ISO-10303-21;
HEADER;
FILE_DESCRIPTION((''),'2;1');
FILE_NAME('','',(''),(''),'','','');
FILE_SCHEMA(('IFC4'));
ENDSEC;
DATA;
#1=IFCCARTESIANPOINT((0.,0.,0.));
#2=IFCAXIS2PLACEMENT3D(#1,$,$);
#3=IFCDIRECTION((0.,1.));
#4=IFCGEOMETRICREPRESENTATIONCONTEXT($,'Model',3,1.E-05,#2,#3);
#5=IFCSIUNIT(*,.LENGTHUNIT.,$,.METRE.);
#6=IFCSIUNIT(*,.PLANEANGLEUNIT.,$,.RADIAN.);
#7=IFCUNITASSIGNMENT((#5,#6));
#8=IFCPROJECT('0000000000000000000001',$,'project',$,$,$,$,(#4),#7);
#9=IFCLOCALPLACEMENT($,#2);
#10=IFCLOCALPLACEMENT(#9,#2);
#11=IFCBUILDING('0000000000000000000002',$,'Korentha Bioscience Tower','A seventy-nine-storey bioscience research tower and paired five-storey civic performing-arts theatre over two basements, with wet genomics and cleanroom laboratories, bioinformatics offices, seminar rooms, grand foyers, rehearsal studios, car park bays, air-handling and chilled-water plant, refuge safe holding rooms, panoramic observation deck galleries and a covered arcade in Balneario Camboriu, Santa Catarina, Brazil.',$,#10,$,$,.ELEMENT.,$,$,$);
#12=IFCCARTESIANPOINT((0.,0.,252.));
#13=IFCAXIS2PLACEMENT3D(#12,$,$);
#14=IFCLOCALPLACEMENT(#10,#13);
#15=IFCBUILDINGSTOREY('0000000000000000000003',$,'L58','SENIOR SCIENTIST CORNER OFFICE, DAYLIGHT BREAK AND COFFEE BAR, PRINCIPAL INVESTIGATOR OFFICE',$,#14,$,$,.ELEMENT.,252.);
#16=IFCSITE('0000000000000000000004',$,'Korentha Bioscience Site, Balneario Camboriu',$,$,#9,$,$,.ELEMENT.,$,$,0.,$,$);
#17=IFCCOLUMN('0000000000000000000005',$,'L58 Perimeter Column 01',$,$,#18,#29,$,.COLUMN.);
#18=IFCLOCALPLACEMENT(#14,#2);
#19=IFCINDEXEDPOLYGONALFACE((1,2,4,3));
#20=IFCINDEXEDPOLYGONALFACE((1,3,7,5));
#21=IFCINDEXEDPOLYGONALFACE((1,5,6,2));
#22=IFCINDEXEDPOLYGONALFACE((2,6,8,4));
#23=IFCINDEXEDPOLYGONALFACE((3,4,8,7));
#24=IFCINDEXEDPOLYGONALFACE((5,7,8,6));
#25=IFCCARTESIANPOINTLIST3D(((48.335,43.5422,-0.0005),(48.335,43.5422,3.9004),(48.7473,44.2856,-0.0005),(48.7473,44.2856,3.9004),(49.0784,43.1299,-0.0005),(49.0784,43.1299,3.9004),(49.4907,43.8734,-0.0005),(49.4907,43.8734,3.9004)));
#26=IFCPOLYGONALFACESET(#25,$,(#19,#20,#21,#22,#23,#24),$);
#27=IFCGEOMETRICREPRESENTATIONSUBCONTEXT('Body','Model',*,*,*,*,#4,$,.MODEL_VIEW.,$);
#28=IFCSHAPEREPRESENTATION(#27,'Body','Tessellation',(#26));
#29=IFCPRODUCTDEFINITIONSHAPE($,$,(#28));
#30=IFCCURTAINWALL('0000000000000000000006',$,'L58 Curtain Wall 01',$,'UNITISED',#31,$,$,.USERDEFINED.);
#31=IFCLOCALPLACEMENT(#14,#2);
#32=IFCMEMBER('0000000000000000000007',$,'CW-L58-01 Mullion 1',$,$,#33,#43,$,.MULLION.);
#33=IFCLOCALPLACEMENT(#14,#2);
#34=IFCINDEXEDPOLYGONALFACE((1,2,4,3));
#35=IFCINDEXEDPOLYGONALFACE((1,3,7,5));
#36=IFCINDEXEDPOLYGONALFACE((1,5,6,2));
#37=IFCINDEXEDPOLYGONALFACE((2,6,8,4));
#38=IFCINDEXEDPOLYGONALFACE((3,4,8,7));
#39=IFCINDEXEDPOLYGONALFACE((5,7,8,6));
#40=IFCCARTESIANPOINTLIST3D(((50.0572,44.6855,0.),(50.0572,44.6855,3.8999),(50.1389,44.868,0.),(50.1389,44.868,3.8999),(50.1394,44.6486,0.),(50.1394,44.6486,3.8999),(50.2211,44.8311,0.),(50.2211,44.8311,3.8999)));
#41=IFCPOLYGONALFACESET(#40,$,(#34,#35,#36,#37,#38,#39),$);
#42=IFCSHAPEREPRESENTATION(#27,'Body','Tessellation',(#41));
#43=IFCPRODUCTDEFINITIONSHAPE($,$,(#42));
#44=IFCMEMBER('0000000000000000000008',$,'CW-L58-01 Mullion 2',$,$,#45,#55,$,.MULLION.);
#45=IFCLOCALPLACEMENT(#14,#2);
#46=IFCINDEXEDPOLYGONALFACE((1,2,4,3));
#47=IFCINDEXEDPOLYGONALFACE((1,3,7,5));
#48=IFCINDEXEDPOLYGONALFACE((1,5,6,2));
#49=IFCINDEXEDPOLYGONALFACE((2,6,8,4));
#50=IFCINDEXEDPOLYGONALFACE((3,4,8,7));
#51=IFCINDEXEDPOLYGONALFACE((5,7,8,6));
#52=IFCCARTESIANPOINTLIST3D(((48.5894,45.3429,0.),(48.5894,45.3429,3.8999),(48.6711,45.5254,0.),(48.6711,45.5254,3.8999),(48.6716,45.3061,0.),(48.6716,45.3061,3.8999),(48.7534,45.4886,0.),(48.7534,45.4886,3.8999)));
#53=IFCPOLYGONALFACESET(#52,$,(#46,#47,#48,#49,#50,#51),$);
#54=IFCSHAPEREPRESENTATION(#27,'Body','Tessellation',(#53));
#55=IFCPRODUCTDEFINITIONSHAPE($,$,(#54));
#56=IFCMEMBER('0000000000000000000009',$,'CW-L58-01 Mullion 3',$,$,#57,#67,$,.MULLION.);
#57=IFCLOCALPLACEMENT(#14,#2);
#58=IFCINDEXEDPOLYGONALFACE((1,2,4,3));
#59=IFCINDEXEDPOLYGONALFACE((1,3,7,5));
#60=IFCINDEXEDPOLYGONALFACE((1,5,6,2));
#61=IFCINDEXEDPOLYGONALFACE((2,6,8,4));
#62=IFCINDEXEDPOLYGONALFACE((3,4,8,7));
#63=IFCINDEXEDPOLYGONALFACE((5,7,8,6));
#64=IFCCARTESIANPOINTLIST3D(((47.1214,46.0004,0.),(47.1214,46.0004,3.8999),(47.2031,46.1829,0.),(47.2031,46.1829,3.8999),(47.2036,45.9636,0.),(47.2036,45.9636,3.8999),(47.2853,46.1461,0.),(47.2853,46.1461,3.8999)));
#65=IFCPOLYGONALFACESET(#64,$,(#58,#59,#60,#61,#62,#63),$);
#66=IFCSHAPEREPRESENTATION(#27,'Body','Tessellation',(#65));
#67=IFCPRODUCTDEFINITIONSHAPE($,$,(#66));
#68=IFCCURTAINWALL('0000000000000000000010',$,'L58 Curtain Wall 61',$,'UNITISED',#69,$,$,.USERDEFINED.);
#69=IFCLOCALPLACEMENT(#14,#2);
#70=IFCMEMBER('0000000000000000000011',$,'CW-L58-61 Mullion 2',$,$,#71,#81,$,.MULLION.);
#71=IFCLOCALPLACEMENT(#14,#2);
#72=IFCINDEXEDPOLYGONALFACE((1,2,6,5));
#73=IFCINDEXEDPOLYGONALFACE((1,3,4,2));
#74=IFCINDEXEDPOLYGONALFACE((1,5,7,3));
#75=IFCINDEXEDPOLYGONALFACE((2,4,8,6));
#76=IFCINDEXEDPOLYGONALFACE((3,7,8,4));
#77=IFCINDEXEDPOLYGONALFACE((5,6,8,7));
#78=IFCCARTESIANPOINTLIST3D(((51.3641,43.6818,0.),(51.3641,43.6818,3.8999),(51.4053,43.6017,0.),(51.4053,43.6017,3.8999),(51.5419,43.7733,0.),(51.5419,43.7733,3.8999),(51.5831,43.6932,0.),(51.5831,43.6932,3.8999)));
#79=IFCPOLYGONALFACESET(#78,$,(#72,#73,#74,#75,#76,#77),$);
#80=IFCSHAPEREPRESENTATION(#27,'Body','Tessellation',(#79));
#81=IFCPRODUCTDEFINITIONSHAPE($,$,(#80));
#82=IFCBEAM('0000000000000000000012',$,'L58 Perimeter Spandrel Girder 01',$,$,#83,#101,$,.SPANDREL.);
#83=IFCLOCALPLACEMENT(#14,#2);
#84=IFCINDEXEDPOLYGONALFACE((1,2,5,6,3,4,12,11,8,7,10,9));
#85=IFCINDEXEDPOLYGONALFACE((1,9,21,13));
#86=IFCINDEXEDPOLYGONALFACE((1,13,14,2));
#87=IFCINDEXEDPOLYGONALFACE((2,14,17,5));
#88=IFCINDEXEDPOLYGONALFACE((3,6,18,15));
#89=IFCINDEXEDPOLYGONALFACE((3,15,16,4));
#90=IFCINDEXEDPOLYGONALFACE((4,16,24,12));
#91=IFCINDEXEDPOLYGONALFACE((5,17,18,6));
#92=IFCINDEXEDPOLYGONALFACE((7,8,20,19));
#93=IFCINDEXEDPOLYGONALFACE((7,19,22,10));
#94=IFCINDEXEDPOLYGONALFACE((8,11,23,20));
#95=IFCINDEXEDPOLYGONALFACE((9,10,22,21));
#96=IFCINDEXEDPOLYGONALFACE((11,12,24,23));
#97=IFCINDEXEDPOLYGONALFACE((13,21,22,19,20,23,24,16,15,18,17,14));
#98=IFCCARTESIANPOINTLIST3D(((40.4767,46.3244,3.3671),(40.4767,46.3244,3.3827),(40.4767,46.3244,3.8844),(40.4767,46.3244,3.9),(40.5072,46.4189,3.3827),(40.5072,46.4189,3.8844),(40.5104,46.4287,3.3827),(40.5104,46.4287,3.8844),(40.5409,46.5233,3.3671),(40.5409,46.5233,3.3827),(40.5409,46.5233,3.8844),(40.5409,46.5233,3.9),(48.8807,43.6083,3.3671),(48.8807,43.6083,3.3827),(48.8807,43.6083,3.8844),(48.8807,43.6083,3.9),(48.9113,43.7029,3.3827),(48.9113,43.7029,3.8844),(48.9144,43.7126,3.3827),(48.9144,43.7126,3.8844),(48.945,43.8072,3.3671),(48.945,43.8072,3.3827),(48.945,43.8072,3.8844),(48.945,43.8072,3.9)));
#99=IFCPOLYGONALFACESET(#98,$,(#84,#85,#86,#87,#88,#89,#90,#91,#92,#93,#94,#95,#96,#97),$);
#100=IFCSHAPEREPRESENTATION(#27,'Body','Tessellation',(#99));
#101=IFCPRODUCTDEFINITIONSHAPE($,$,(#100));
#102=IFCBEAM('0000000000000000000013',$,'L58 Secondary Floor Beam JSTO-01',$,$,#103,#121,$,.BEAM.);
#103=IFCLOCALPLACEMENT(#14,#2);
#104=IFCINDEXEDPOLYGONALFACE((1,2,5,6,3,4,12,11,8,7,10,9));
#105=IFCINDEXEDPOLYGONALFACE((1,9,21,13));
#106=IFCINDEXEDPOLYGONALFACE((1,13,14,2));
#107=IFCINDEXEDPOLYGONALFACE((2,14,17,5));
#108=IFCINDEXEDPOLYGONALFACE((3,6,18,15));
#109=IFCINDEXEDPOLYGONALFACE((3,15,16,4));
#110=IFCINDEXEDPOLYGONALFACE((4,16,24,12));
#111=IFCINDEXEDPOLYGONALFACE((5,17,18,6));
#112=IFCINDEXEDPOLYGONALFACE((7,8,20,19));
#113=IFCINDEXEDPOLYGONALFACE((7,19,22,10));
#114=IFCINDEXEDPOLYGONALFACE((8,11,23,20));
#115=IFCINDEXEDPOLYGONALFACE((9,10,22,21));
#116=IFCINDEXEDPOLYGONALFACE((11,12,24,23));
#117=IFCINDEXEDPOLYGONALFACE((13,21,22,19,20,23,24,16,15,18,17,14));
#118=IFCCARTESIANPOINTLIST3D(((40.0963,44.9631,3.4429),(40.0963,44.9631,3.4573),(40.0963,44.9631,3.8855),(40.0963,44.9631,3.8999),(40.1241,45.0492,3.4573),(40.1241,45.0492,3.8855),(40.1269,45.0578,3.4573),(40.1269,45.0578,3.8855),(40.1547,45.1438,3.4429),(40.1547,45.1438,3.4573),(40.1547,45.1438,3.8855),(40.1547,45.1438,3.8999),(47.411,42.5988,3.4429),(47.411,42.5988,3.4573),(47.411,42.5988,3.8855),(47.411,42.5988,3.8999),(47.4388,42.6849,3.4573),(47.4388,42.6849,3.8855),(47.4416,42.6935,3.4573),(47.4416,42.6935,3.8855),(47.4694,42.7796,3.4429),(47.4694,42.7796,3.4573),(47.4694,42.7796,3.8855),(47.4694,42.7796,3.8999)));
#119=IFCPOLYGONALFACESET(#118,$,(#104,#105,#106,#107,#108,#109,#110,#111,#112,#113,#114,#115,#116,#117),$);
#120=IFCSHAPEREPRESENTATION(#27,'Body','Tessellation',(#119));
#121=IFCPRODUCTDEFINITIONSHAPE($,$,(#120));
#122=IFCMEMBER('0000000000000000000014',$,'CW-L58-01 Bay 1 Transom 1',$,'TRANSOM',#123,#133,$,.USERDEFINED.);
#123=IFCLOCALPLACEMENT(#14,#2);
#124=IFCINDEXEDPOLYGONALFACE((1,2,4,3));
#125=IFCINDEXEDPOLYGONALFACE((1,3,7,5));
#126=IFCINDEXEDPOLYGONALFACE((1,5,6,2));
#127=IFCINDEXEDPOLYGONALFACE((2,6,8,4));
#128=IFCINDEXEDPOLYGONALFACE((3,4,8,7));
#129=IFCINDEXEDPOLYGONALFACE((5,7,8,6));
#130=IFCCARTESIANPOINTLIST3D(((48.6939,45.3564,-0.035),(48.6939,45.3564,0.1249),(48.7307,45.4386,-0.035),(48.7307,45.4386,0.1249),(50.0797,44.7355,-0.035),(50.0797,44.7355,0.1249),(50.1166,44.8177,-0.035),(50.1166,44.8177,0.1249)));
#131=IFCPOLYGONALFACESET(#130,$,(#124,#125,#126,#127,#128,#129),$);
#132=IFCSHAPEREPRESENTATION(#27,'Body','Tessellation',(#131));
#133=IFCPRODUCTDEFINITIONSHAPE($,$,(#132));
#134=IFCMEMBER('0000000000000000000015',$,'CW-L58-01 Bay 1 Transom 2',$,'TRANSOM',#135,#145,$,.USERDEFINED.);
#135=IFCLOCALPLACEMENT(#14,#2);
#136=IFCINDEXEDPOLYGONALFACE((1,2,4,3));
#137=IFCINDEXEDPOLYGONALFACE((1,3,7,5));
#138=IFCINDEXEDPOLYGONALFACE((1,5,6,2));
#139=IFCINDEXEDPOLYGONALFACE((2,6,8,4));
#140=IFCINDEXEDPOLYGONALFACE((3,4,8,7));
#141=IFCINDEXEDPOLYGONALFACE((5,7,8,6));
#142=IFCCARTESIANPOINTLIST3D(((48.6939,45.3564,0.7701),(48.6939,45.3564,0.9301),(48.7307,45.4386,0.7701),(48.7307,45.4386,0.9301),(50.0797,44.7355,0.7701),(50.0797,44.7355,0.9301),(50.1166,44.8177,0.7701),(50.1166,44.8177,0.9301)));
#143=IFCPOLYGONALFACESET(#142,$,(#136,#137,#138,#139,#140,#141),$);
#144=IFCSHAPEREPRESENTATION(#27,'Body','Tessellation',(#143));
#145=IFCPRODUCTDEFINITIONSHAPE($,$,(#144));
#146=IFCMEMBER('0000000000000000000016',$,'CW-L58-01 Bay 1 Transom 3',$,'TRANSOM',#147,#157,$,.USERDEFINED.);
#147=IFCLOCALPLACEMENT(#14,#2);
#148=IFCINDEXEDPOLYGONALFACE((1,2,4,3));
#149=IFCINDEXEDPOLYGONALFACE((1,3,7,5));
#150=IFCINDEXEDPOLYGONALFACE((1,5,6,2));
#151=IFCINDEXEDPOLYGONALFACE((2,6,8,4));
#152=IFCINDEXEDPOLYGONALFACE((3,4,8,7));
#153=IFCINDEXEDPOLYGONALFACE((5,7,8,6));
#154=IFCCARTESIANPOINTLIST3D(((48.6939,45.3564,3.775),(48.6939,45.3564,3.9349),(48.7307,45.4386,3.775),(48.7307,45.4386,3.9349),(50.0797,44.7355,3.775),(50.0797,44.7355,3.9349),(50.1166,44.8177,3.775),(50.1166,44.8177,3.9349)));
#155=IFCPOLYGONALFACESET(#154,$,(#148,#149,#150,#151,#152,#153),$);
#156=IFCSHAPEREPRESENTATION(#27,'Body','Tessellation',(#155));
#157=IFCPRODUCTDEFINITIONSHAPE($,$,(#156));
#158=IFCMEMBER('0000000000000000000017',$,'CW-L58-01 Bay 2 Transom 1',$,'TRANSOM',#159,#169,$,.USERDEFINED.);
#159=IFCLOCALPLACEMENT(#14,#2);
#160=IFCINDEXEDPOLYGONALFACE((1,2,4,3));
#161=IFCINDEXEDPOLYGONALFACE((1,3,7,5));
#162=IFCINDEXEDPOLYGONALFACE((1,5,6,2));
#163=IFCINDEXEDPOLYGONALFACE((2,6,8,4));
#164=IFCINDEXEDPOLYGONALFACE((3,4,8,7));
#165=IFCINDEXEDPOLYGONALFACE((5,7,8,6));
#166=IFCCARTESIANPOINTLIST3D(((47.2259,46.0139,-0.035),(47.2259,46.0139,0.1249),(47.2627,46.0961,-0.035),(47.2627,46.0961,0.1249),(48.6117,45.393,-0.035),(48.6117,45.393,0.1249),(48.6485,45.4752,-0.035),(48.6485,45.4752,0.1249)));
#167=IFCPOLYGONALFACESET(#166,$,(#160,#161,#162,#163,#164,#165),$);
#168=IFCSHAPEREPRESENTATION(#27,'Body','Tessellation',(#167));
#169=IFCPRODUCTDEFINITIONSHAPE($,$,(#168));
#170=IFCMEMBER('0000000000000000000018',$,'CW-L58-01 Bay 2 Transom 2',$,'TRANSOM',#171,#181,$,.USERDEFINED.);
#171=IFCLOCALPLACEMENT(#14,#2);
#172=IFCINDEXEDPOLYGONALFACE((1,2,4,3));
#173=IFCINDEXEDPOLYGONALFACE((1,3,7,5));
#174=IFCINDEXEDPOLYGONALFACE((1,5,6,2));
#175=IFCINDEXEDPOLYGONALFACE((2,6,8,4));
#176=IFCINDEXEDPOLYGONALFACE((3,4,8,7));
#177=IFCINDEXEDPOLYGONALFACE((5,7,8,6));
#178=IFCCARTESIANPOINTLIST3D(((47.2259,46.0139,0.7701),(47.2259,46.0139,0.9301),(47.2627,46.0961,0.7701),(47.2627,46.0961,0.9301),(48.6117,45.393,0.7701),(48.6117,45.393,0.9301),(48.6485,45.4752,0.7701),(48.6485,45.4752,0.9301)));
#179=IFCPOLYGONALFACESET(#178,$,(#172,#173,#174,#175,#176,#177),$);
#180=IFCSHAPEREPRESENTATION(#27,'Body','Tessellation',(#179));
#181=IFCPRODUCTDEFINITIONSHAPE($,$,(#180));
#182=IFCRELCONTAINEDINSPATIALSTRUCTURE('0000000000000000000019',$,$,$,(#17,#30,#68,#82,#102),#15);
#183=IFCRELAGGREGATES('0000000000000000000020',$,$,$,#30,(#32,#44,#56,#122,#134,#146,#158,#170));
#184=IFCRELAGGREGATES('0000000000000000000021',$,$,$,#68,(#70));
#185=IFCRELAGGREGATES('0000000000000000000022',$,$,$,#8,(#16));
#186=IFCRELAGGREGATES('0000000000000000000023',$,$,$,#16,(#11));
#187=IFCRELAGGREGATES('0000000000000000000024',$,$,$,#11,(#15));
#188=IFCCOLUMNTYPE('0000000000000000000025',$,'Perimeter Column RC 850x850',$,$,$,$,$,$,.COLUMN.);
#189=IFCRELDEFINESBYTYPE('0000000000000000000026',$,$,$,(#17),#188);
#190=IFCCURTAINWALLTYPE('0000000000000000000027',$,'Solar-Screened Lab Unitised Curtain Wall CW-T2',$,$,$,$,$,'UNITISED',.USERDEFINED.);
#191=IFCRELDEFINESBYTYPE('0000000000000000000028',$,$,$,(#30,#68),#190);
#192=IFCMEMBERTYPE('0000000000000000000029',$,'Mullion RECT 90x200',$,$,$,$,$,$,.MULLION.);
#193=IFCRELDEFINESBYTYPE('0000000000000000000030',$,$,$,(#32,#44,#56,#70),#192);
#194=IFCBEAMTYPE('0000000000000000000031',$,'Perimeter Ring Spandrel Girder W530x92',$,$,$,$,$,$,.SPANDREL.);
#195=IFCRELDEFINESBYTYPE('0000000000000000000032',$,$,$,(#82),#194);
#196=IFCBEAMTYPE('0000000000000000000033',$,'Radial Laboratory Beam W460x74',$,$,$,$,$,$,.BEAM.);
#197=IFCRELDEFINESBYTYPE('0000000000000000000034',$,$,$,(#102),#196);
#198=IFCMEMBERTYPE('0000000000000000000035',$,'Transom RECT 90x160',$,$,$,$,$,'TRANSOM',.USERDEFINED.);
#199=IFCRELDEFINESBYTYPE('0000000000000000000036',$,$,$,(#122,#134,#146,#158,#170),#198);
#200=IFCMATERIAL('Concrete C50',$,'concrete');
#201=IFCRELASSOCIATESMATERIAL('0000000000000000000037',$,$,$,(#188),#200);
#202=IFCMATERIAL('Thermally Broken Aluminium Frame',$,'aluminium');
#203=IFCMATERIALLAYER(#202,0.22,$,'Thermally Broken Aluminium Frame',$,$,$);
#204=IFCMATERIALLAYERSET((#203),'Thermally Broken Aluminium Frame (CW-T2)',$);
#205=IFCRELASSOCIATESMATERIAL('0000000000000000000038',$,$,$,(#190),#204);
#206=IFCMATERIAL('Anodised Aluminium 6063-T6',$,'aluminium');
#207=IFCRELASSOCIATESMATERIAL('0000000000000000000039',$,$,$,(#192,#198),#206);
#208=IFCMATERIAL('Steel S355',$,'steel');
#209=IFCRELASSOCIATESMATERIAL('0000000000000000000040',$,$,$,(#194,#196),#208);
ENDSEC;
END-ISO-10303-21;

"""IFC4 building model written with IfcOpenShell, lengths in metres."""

from ifc_helpers import new_model, si_unit, direction, frame, origin, origin_2d, place, context, subcontext, project, spatial, rectangle, i_section, extrude, material, layer, layer_set, material_profile, profile_set, type_object, element, aggregate, save


model = new_model("IFC4")

# Units and contexts
model_context = context("Model", 3, precision=1e-05, world=origin(), true_north=direction((0.0, 1.0)))
body_context = subcontext(model_context, "Body", "Model", "MODEL_VIEW")
ifc_project = project(units=[si_unit("LENGTHUNIT", "METRE"), si_unit("PLANEANGLEUNIT", "RADIAN")], contexts=[model_context])

# Site, building, storey
site_placement = place(None, origin())
site = spatial("IfcSite", under=ifc_project, at=site_placement, Name="Korentha Bioscience Site, Balneario Camboriu", CompositionType="ELEMENT", RefElevation=0.0)
building_placement = place(site_placement, origin())
building = spatial("IfcBuilding", under=site, at=building_placement, Name="Korentha Bioscience Tower", Description="A seventy-nine-storey bioscience research tower and paired five-storey civic performing-arts theatre over two basements, with wet genomics and cleanroom laboratories, bioinformatics offices, seminar rooms, grand foyers, rehearsal studios, car park bays, air-handling and chilled-water plant, refuge safe holding rooms, panoramic observation deck galleries and a covered arcade in Balneario Camboriu, Santa Catarina, Brazil.", CompositionType="ELEMENT")
storey_placement = place(building_placement, frame((0.0, 0.0, 252.0)))
storey = spatial("IfcBuildingStorey", under=building, at=storey_placement, Name="L58", Description="SENIOR SCIENTIST CORNER OFFICE, DAYLIGHT BREAK AND COFFEE BAR, PRINCIPAL INVESTIGATOR OFFICE", CompositionType="ELEMENT", Elevation=252.0)

# Column
ifc_material_1 = material(Name="Concrete C50", Category="concrete")
ifc_material_profile_1 = material_profile(ifc_material_1, rectangle(XDim=0.8501, YDim=0.8501, at=origin_2d()), Name="Concrete C50")
ifc_profile_set_1 = profile_set([ifc_material_profile_1], Name="Concrete C50 (COL-P08)")
column_type = type_object("IfcColumnType", Name="Perimeter Column RC 850x850", PredefinedType="COLUMN", material=ifc_profile_set_1)
column_placement = place(storey_placement, frame((48.9128, 43.7078, -0.0005), z_axis=(0.0, 0.0, 1.0), x_axis=(-0.874535, 0.484962, 0.0)))
element("IfcColumn", 1, at=column_placement, inside=storey, type_object=column_type, Name="L58 Perimeter Column 01", PredefinedType="COLUMN", context=body_context, shape_type="SweptSolid", body=[
    extrude(rectangle(XDim=0.8501, YDim=0.8501, at=origin_2d()), origin(), (0.0, 0.0, 1.0), 3.9009),
])

# Curtain wall, members
ifc_material_2 = material(Name="Thermally Broken Aluminium Frame", Category="aluminium")
ifc_layer_1 = layer(ifc_material_2, 0.22, Name="Thermally Broken Aluminium Frame")
ifc_layer_set_1 = layer_set([ifc_layer_1], Name="Thermally Broken Aluminium Frame (CW-T2)")
curtain_wall_type = type_object("IfcCurtainWallType", Name="Solar-Screened Lab Unitised Curtain Wall CW-T2", ElementType="UNITISED", PredefinedType="USERDEFINED", material=ifc_layer_set_1)
curtain_wall_1_placement = place(storey_placement, origin())
curtain_wall_1 = element("IfcCurtainWall", 2, at=curtain_wall_1_placement, inside=storey, type_object=curtain_wall_type, Name="L58 Curtain Wall 01", ObjectType="UNITISED", PredefinedType="USERDEFINED")
ifc_material_3 = material(Name="Anodised Aluminium 6063-T6", Category="aluminium")
ifc_material_profile_2 = material_profile(ifc_material_3, rectangle(XDim=0.0901, YDim=0.2, at=origin_2d()), Name="Anodised Aluminium 6063-T6")
ifc_profile_set_2 = profile_set([ifc_material_profile_2], Name="Anodised Aluminium 6063-T6 (CW-MUL)")
member_type_1 = type_object("IfcMemberType", Name="Mullion RECT 90x200", PredefinedType="MULLION", material=ifc_profile_set_2)
member_1_placement = place(storey_placement, frame((50.1392, 44.7583, 0.0), z_axis=(0.0, 0.0, 1.0), x_axis=(-0.912622, 0.408805, 0.0)))
member_1 = element("IfcMember", 3, at=member_1_placement, type_object=member_type_1, Name="CW-L58-01 Mullion 1", PredefinedType="MULLION", context=body_context, shape_type="SweptSolid", body=[
    extrude(rectangle(XDim=0.0901, YDim=0.2, at=origin_2d()), origin(), (0.0, 0.0, 1.0), 3.8999),
])
member_2_placement = place(storey_placement, frame((48.6714, 45.4158, 0.0), z_axis=(0.0, 0.0, 1.0), x_axis=(-0.912622, 0.408805, 0.0)))
member_2 = element("IfcMember", 4, at=member_2_placement, type_object=member_type_1, Name="CW-L58-01 Mullion 2", PredefinedType="MULLION", context=body_context, shape_type="SweptSolid", body=[
    extrude(rectangle(XDim=0.0901, YDim=0.2, at=origin_2d()), origin(), (0.0, 0.0, 1.0), 3.8999),
])
member_3_placement = place(storey_placement, frame((47.2034, 46.0732, 0.0), z_axis=(0.0, 0.0, 1.0), x_axis=(-0.912622, 0.408805, 0.0)))
member_3 = element("IfcMember", 5, at=member_3_placement, type_object=member_type_1, Name="CW-L58-01 Mullion 3", PredefinedType="MULLION", context=body_context, shape_type="SweptSolid", body=[
    extrude(rectangle(XDim=0.0901, YDim=0.2, at=origin_2d()), origin(), (0.0, 0.0, 1.0), 3.8999),
])

# Curtain wall, member
curtain_wall_2_placement = place(storey_placement, origin())
curtain_wall_2 = element("IfcCurtainWall", 6, at=curtain_wall_2_placement, inside=storey, type_object=curtain_wall_type, Name="L58 Curtain Wall 61", ObjectType="UNITISED", PredefinedType="USERDEFINED")
member_4_placement = place(storey_placement, frame((51.4736, 43.6875, 0.0), z_axis=(0.0, 0.0, 1.0), x_axis=(-0.45757, 0.889174, 0.0)))
member_4 = element("IfcMember", 7, at=member_4_placement, type_object=member_type_1, Name="CW-L58-61 Mullion 2", PredefinedType="MULLION", context=body_context, shape_type="SweptSolid", body=[
    extrude(rectangle(XDim=0.0901, YDim=0.2, at=origin_2d()), origin(), (0.0, 0.0, 1.0), 3.8999),
])

# Beams
ifc_material_4 = material(Name="Steel S355", Category="steel")
ifc_material_profile_3 = material_profile(ifc_material_4, i_section(OverallWidth=0.209, OverallDepth=0.533, WebThickness=0.0103, FlangeThickness=0.0156, at=origin_2d()), Name="Steel S355")
ifc_profile_set_3 = profile_set([ifc_material_profile_3], Name="Steel S355 (SB-530)")
beam_type_1 = type_object("IfcBeamType", Name="Perimeter Ring Spandrel Girder W530x92", PredefinedType="SPANDREL", material=ifc_profile_set_3)
beam_1_placement = place(storey_placement, frame((48.9128, 43.7078, 3.6335), z_axis=(-0.95154, 0.307524, 0.0), x_axis=(-0.307524, -0.95154, 0.0)))
element("IfcBeam", 8, at=beam_1_placement, inside=storey, type_object=beam_type_1, Name="L58 Perimeter Spandrel Girder 01", PredefinedType="SPANDREL", context=body_context, shape_type="SweptSolid", body=[
    extrude(i_section(OverallWidth=0.209, OverallDepth=0.533, WebThickness=0.0103, FlangeThickness=0.0156, at=origin_2d()), origin(), (0.0, 0.0, 1.0), 8.832),
])
ifc_material_profile_4 = material_profile(ifc_material_4, i_section(OverallWidth=0.1899, OverallDepth=0.457, WebThickness=0.009, FlangeThickness=0.0144, at=origin_2d()), Name="Steel S355")
ifc_profile_set_4 = profile_set([ifc_material_profile_4], Name="Steel S355 (RB-460)")
beam_type_2 = type_object("IfcBeamType", Name="Radial Laboratory Beam W460x74", PredefinedType="BEAM", material=ifc_profile_set_4)
beam_2_placement = place(storey_placement, frame((47.4402, 42.6892, 3.6714), z_axis=(-0.951531, 0.307554, 0.0), x_axis=(-0.307554, -0.951531, 0.0)))
element("IfcBeam", 9, at=beam_2_placement, inside=storey, type_object=beam_type_2, Name="L58 Secondary Floor Beam JSTO-01", PredefinedType="BEAM", context=body_context, shape_type="SweptSolid", body=[
    extrude(i_section(OverallWidth=0.1899, OverallDepth=0.457, WebThickness=0.009, FlangeThickness=0.0144, at=origin_2d()), origin(), (0.0, 0.0, 1.0), 7.6873),
])

# Members
ifc_material_profile_5 = material_profile(ifc_material_3, rectangle(XDim=0.0901, YDim=0.1599, at=origin_2d()), Name="Anodised Aluminium 6063-T6")
ifc_profile_set_5 = profile_set([ifc_material_profile_5], Name="Anodised Aluminium 6063-T6 (CW-TRN)")
member_type_2 = type_object("IfcMemberType", Name="Transom RECT 90x160", ElementType="TRANSOM", PredefinedType="USERDEFINED", material=ifc_profile_set_5)
member_5_placement = place(storey_placement, frame((50.0981, 44.7766, 0.0449), z_axis=(-0.912594, 0.408867, 0.0), x_axis=(-0.408867, -0.912594, 0.0)))
member_5 = element("IfcMember", 10, at=member_5_placement, type_object=member_type_2, Name="CW-L58-01 Bay 1 Transom 1", ObjectType="TRANSOM", PredefinedType="USERDEFINED", context=body_context, shape_type="SweptSolid", body=[
    extrude(rectangle(XDim=0.0901, YDim=0.1599, at=origin_2d()), origin(), (0.0, 0.0, 1.0), 1.5186),
])
member_6_placement = place(storey_placement, frame((50.0981, 44.7766, 0.8501), z_axis=(-0.912594, 0.408867, 0.0), x_axis=(-0.408867, -0.912594, 0.0)))
member_6 = element("IfcMember", 11, at=member_6_placement, type_object=member_type_2, Name="CW-L58-01 Bay 1 Transom 2", ObjectType="TRANSOM", PredefinedType="USERDEFINED", context=body_context, shape_type="SweptSolid", body=[
    extrude(rectangle(XDim=0.0901, YDim=0.1599, at=origin_2d()), origin(), (0.0, 0.0, 1.0), 1.5186),
])
member_7_placement = place(storey_placement, frame((50.0981, 44.7766, 3.855), z_axis=(-0.912594, 0.408867, 0.0), x_axis=(-0.408867, -0.912594, 0.0)))
member_7 = element("IfcMember", 12, at=member_7_placement, type_object=member_type_2, Name="CW-L58-01 Bay 1 Transom 3", ObjectType="TRANSOM", PredefinedType="USERDEFINED", context=body_context, shape_type="SweptSolid", body=[
    extrude(rectangle(XDim=0.0901, YDim=0.1599, at=origin_2d()), origin(), (0.0, 0.0, 1.0), 1.5186),
])
member_8_placement = place(storey_placement, frame((48.6301, 45.4341, 0.0449), z_axis=(-0.912594, 0.408867, 0.0), x_axis=(-0.408867, -0.912594, 0.0)))
member_8 = element("IfcMember", 13, at=member_8_placement, type_object=member_type_2, Name="CW-L58-01 Bay 2 Transom 1", ObjectType="TRANSOM", PredefinedType="USERDEFINED", context=body_context, shape_type="SweptSolid", body=[
    extrude(rectangle(XDim=0.0901, YDim=0.1599, at=origin_2d()), origin(), (0.0, 0.0, 1.0), 1.5186),
])
member_9_placement = place(storey_placement, frame((48.6301, 45.4341, 0.8501), z_axis=(-0.912594, 0.408867, 0.0), x_axis=(-0.408867, -0.912594, 0.0)))
member_9 = element("IfcMember", 14, at=member_9_placement, type_object=member_type_2, Name="CW-L58-01 Bay 2 Transom 2", ObjectType="TRANSOM", PredefinedType="USERDEFINED", context=body_context, shape_type="SweptSolid", body=[
    extrude(rectangle(XDim=0.0901, YDim=0.1599, at=origin_2d()), origin(), (0.0, 0.0, 1.0), 1.5186),
])

aggregate(curtain_wall_1, [member_1, member_2, member_3, member_5, member_6, member_7, member_8, member_9])
aggregate(curtain_wall_2, [member_4])

save(model, "model.ifc")
